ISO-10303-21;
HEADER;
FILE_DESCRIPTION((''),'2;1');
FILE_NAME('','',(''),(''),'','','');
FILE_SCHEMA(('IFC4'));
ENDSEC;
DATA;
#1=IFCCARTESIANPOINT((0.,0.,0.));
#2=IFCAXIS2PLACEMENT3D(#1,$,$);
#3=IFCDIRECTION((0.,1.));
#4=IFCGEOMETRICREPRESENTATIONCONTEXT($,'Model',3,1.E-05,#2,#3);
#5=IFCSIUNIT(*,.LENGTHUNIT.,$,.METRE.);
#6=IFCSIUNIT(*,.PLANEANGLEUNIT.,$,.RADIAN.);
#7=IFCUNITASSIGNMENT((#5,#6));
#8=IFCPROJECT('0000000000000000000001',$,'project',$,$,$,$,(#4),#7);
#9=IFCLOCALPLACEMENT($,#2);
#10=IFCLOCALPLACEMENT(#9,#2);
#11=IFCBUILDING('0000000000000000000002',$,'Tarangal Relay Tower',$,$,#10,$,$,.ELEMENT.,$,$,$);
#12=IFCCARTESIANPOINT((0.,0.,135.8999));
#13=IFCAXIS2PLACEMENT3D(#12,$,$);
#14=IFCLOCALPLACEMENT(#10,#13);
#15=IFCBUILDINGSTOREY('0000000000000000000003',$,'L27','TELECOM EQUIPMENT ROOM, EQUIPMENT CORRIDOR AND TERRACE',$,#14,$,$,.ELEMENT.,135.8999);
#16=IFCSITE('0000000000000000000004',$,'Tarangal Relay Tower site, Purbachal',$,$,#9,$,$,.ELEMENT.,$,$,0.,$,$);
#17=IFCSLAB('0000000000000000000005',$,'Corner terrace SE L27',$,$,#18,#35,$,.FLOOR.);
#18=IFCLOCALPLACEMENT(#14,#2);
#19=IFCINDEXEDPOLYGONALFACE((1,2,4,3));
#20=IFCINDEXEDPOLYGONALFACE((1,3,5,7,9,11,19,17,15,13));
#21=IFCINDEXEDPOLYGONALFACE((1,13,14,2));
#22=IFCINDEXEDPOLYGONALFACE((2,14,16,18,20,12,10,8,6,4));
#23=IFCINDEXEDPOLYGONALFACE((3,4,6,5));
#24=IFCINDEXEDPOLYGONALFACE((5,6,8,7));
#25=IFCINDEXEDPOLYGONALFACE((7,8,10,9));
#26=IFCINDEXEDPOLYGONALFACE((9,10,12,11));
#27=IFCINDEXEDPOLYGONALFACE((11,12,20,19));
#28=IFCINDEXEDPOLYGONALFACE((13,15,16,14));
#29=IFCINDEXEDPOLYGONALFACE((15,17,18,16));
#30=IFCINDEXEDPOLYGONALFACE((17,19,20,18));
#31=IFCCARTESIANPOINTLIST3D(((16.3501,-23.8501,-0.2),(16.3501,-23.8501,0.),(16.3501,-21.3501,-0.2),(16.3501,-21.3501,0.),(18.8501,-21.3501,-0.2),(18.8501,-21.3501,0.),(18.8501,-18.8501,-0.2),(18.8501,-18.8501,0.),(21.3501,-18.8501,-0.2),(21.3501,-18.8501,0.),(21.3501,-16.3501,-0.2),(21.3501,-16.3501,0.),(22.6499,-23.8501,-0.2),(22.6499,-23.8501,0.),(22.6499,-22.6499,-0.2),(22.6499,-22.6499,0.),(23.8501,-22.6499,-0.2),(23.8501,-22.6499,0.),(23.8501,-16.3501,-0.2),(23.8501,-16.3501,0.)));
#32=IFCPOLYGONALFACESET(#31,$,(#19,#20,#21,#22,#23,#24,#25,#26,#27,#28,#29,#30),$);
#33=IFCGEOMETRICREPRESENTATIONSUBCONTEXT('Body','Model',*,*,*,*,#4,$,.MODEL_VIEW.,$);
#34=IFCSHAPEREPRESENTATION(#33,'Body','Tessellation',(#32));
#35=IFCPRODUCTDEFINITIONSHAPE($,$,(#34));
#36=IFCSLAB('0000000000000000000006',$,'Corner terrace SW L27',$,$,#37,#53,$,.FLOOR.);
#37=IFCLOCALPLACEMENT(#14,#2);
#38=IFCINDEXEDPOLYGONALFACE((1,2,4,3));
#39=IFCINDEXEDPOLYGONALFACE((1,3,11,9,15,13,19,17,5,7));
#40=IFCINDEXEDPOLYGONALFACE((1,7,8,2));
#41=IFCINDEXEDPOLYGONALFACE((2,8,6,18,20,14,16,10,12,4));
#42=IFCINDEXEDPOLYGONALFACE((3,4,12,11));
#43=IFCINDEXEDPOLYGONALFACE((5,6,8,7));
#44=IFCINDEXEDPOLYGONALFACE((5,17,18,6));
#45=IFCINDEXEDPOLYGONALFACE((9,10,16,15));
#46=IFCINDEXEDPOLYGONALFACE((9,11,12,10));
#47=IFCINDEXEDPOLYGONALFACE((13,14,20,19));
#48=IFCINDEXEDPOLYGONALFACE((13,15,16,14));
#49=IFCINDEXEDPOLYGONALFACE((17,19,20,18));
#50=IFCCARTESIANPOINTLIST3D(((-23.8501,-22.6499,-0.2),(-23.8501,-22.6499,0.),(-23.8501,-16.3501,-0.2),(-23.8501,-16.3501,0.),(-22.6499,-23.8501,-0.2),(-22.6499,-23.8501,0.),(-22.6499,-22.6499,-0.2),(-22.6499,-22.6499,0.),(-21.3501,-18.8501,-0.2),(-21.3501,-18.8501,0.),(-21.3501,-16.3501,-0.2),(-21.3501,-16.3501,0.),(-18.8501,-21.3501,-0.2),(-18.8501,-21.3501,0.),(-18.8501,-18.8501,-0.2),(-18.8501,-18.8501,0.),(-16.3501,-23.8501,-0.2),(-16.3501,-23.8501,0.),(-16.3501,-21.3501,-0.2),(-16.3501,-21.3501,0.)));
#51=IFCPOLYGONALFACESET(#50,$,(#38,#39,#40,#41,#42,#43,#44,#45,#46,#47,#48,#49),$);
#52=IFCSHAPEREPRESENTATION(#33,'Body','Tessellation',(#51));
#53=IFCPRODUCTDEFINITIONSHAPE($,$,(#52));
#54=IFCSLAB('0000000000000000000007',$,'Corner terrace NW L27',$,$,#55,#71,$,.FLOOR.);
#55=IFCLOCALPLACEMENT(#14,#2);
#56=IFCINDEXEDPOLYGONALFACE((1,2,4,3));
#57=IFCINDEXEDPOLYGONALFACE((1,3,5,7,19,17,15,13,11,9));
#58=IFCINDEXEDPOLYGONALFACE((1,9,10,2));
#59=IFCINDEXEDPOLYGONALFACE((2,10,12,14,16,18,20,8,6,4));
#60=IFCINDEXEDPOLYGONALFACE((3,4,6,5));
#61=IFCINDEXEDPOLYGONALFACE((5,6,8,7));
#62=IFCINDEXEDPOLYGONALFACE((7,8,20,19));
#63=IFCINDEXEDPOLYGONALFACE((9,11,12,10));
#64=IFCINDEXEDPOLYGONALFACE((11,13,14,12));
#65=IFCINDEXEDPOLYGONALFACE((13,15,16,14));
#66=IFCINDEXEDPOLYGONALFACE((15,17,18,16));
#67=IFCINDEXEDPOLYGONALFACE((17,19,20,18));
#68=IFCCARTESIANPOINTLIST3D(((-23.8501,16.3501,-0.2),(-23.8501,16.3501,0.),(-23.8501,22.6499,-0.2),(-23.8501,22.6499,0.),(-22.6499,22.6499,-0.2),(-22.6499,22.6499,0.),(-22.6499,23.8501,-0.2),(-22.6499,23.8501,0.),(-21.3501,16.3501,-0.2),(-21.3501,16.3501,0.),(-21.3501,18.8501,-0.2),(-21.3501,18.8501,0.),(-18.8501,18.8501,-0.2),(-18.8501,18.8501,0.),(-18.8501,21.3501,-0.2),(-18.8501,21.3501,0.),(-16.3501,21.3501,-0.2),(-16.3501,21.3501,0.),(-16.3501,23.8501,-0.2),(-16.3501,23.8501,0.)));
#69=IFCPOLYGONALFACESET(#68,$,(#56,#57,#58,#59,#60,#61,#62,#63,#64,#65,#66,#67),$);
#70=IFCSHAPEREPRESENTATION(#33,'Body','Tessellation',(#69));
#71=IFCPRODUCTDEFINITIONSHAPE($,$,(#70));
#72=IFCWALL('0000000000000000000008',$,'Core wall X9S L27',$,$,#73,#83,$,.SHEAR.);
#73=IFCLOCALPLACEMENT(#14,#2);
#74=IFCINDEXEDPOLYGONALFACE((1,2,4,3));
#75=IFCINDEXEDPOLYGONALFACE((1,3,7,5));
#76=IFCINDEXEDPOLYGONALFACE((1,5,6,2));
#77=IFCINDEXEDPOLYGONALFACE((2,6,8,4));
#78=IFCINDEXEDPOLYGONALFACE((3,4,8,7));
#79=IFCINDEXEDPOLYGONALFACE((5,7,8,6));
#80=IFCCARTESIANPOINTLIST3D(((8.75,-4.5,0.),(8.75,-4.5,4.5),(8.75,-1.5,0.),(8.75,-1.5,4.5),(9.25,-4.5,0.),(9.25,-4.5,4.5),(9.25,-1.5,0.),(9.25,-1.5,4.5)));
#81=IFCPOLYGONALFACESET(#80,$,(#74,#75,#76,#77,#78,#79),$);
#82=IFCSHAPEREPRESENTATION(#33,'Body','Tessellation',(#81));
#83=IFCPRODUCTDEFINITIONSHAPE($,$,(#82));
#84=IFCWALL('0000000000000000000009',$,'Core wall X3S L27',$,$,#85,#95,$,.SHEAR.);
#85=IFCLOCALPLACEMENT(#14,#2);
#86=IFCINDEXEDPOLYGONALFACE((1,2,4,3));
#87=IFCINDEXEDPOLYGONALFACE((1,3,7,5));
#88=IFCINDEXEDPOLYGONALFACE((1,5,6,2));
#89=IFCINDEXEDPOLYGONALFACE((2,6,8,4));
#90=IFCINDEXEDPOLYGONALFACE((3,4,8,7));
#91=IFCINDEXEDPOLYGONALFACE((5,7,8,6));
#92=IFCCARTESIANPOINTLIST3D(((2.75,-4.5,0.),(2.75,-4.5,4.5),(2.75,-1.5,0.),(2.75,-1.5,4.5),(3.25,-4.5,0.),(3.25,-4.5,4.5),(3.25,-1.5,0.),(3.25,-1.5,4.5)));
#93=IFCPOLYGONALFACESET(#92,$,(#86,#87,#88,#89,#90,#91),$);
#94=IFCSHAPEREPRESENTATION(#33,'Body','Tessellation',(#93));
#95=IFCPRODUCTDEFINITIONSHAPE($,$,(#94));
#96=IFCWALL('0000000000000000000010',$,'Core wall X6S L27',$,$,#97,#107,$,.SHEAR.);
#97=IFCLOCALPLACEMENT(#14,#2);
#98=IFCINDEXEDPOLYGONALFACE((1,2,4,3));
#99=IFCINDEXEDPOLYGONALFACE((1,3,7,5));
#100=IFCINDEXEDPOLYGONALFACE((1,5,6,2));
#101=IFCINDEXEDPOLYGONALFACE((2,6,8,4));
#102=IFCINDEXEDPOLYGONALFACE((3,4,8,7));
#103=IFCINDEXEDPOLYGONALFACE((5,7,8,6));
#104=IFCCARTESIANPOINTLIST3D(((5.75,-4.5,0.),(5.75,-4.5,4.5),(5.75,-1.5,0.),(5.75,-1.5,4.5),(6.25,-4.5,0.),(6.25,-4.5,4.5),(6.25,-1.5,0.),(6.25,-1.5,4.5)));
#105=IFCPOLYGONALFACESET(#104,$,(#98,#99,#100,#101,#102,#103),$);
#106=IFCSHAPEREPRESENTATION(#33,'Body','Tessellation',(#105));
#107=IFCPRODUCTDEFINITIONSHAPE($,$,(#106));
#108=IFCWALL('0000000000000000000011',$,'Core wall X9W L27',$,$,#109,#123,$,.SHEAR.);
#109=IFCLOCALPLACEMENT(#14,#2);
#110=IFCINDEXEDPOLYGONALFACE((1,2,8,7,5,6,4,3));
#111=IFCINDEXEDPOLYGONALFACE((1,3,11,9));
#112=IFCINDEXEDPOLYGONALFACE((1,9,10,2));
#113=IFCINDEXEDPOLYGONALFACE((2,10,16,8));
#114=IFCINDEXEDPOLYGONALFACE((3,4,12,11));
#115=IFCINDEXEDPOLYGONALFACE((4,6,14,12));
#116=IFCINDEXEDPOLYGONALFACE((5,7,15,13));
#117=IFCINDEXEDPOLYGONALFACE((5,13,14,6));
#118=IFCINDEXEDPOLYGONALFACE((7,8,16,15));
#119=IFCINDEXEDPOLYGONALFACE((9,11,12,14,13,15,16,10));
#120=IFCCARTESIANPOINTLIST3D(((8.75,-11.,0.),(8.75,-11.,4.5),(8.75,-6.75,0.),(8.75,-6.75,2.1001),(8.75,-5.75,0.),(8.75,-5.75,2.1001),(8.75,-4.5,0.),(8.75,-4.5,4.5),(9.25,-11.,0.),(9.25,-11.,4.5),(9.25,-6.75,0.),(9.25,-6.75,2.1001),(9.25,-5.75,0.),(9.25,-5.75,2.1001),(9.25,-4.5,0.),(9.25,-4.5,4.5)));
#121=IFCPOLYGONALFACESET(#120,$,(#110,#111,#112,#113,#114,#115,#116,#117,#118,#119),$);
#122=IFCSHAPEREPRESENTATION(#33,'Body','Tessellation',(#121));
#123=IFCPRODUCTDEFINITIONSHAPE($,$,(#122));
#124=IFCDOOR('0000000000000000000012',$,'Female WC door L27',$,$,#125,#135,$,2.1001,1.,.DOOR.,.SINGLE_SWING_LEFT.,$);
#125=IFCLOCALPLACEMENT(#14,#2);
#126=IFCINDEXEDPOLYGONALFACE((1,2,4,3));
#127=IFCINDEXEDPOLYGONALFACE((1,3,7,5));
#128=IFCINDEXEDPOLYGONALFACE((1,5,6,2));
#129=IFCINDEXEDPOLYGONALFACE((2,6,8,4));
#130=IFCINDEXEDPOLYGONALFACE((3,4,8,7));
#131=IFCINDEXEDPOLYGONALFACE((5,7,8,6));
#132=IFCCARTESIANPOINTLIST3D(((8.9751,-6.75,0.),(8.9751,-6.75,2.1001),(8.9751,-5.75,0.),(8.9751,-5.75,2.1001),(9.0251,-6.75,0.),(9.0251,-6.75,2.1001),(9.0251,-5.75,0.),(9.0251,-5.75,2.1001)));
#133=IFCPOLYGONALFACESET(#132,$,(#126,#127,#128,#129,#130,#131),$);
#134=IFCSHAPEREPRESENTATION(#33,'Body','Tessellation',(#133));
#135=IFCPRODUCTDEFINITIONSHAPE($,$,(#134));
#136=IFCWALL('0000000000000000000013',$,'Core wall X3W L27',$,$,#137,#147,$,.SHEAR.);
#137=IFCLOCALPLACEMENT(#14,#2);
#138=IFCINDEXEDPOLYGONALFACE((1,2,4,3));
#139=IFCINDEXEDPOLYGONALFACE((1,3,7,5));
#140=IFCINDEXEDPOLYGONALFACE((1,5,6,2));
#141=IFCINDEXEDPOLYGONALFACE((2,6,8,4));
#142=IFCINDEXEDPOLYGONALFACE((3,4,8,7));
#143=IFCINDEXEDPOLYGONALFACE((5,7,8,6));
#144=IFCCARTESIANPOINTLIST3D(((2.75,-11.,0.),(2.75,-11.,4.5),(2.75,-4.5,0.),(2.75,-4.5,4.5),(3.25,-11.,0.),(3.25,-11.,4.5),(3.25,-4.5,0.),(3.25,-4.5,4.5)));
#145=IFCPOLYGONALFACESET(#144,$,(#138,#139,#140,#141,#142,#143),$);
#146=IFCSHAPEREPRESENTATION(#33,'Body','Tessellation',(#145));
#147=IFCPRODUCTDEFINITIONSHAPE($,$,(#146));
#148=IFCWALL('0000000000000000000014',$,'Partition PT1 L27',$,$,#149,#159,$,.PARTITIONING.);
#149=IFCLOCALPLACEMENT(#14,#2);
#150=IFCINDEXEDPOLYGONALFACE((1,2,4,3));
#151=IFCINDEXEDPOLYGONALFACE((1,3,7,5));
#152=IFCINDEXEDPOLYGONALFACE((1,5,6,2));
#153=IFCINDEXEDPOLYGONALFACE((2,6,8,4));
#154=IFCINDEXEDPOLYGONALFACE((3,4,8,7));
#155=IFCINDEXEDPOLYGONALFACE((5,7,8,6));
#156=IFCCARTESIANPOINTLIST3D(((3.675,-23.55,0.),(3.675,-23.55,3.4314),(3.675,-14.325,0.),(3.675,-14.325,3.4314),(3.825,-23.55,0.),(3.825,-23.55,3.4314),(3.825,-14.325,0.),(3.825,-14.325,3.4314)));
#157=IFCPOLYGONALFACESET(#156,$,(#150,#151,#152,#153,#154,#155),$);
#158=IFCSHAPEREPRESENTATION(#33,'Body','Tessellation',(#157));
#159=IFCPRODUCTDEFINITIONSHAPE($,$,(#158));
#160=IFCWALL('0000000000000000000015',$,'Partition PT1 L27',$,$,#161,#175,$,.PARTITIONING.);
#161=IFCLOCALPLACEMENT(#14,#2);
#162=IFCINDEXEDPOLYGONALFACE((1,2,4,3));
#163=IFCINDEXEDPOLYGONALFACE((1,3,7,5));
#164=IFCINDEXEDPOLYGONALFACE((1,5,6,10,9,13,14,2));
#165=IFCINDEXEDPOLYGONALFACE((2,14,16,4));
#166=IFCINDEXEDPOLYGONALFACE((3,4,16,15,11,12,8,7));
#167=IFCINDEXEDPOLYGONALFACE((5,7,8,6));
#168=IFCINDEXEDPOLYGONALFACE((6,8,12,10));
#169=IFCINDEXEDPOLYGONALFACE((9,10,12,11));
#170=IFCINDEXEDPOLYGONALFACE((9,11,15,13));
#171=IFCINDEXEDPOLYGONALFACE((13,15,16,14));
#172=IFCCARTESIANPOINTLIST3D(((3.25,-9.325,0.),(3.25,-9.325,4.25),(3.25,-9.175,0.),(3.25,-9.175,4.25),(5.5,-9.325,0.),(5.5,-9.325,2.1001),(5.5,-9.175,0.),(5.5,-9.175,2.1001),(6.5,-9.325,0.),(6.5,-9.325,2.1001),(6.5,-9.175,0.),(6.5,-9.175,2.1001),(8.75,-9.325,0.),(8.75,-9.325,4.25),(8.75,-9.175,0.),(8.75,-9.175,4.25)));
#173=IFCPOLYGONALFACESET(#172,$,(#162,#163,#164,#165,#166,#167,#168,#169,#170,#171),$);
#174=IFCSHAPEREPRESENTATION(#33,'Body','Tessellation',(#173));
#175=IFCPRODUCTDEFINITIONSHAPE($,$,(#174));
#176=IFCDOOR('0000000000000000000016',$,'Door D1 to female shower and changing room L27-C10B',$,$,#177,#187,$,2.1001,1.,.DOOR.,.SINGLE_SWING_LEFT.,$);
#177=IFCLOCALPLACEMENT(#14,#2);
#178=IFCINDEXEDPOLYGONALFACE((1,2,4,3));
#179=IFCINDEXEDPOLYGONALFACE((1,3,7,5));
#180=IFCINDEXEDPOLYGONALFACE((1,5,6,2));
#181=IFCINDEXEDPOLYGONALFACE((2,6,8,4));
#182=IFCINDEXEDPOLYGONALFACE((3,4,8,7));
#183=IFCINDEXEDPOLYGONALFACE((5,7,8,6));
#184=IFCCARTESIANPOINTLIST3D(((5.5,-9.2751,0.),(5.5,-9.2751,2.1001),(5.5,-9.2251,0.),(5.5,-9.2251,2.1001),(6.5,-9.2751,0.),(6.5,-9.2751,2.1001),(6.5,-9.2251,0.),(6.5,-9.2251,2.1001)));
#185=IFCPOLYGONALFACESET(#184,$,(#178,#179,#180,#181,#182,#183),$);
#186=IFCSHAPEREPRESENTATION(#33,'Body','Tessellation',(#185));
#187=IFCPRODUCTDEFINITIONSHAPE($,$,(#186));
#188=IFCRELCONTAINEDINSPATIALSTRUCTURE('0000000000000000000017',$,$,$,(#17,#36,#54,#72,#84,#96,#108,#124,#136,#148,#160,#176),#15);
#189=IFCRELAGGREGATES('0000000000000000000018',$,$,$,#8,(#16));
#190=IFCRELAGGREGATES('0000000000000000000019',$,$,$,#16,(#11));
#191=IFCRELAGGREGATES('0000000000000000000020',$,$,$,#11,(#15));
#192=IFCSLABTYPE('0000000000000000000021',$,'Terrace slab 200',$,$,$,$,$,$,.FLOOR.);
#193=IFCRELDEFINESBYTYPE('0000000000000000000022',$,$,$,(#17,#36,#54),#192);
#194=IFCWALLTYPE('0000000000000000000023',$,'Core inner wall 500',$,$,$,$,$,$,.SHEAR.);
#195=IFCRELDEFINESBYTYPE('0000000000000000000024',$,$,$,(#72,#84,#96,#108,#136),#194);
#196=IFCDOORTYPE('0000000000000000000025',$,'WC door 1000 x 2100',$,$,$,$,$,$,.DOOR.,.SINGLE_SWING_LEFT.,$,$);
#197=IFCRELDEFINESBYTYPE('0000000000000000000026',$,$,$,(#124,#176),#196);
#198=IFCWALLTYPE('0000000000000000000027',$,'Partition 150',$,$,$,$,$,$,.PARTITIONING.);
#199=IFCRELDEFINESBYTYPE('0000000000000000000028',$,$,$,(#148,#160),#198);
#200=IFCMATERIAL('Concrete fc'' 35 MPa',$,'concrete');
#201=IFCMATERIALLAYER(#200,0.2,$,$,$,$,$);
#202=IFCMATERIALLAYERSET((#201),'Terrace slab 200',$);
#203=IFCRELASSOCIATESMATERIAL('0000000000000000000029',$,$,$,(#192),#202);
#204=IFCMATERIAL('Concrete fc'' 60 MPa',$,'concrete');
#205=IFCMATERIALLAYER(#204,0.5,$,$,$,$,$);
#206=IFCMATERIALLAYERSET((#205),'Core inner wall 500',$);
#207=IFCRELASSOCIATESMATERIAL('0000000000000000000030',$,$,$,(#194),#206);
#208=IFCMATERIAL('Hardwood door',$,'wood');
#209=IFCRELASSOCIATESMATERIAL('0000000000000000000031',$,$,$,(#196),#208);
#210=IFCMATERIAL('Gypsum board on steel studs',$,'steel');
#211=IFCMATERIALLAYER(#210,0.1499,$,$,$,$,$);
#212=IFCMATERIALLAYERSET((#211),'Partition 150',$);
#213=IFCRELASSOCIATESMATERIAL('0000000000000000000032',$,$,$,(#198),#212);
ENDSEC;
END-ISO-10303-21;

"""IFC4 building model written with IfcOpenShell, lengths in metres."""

from ifc_helpers import new_model, si_unit, direction, frame, frame_2d, origin, place, context, subcontext, project, spatial, polyline, rectangle, outline, extrude, material, layer, layer_set, type_object, element, fill, save


model = new_model("IFC4")

# Units and contexts
model_context = context("Model", 3, precision=1e-05, world=origin(), true_north=direction((0.0, 1.0)))
body_context = subcontext(model_context, "Body", "Model", "MODEL_VIEW")
ifc_project = project(units=[si_unit("LENGTHUNIT", "METRE"), si_unit("PLANEANGLEUNIT", "RADIAN")], contexts=[model_context])

# Site, building, storey
site_placement = place(None, origin())
site = spatial("IfcSite", under=ifc_project, at=site_placement, Name="Tarangal Relay Tower site, Purbachal", CompositionType="ELEMENT", RefElevation=0.0)
building_placement = place(site_placement, origin())
building = spatial("IfcBuilding", under=site, at=building_placement, Name="Tarangal Relay Tower", CompositionType="ELEMENT")
storey_placement = place(building_placement, frame((0.0, 0.0, 135.8999)))
storey = spatial("IfcBuildingStorey", under=building, at=storey_placement, Name="L27", Description="TELECOM EQUIPMENT ROOM, EQUIPMENT CORRIDOR AND TERRACE", CompositionType="ELEMENT", Elevation=135.8999)

# Slabs
ifc_material_1 = material(Name="Concrete fc' 35 MPa", Category="concrete")
ifc_layer_1 = layer(ifc_material_1, 0.2)
ifc_layer_set_1 = layer_set([ifc_layer_1], Name="Terrace slab 200")
slab_type_1 = type_object("IfcSlabType", Name="Terrace slab 200", PredefinedType="FLOOR", material=ifc_layer_set_1)
slab_1_placement = place(storey_placement, frame((0.0, 0.0, -0.2)))
element("IfcSlab", 1, at=slab_1_placement, inside=storey, type_object=slab_type_1, Name="Corner terrace SE L27", PredefinedType="FLOOR", context=body_context, shape_type="SweptSolid", body=[
    extrude(outline(polyline([(23.8501, -16.3501), (21.3501, -16.3501), (21.3501, -18.8501), (18.8501, -18.8501), (18.8501, -21.3501), (16.3501, -21.3501), (16.3501, -23.8501), (22.6499, -23.8501), (22.6499, -22.6499), (23.8501, -22.6499), (23.8501, -16.3501)])), origin(), (0.0, 0.0, 1.0), 0.2),
])
slab_2_placement = place(storey_placement, frame((0.0, 0.0, -0.2)))
element("IfcSlab", 2, at=slab_2_placement, inside=storey, type_object=slab_type_1, Name="Corner terrace SW L27", PredefinedType="FLOOR", context=body_context, shape_type="SweptSolid", body=[
    extrude(outline(polyline([(-16.3501, -23.8501), (-16.3501, -21.3501), (-18.8501, -21.3501), (-18.8501, -18.8501), (-21.3501, -18.8501), (-21.3501, -16.3501), (-23.8501, -16.3501), (-23.8501, -22.6499), (-22.6499, -22.6499), (-22.6499, -23.8501), (-16.3501, -23.8501)])), origin(), (0.0, 0.0, 1.0), 0.2),
])
slab_3_placement = place(storey_placement, frame((0.0, 0.0, -0.2)))
element("IfcSlab", 3, at=slab_3_placement, inside=storey, type_object=slab_type_1, Name="Corner terrace NW L27", PredefinedType="FLOOR", context=body_context, shape_type="SweptSolid", body=[
    extrude(outline(polyline([(-23.8501, 16.3501), (-21.3501, 16.3501), (-21.3501, 18.8501), (-18.8501, 18.8501), (-18.8501, 21.3501), (-16.3501, 21.3501), (-16.3501, 23.8501), (-22.6499, 23.8501), (-22.6499, 22.6499), (-23.8501, 22.6499), (-23.8501, 16.3501)])), origin(), (0.0, 0.0, 1.0), 0.2),
])

# Walls
ifc_material_2 = material(Name="Concrete fc' 60 MPa", Category="concrete")
ifc_layer_2 = layer(ifc_material_2, 0.5)
ifc_layer_set_2 = layer_set([ifc_layer_2], Name="Core inner wall 500")
wall_type_1 = type_object("IfcWallType", Name="Core inner wall 500", PredefinedType="SHEAR", material=ifc_layer_set_2)
for number, where, z_axis, x_axis, name in (
    (4, (9.0, -4.5, 0.0), (0.0, 0.0, 1.0), (0.0, 1.0, 0.0), "Core wall X9S L27"),
    (5, (3.0, -4.5, 0.0), (0.0, 0.0, 1.0), (0.0, 1.0, 0.0), "Core wall X3S L27"),
    (6, (6.0, -4.5, 0.0), (0.0, 0.0, 1.0), (0.0, 1.0, 0.0), "Core wall X6S L27"),
):
    element("IfcWall", number, at=place(storey_placement, frame(where, z_axis=z_axis, x_axis=x_axis)), inside=storey, type_object=wall_type_1, Name=name, PredefinedType="SHEAR", context=body_context, shape_type="SweptSolid", body=[
        extrude(rectangle(XDim=3.0, YDim=0.5, at=frame_2d((1.5, 0.0))), origin(), (0.0, 0.0, 1.0), 4.5),
    ])

# Wall, opening, door
wall_1_placement = place(storey_placement, frame((9.0, -11.0, 0.0), z_axis=(0.0, 0.0, 1.0), x_axis=(0.0, 1.0, 0.0)))
wall_1 = element("IfcWall", 7, at=wall_1_placement, inside=storey, type_object=wall_type_1, Name="Core wall X9W L27", PredefinedType="SHEAR", context=body_context, shape_type="SweptSolid", body=[
    extrude(rectangle(XDim=6.5, YDim=0.5, at=frame_2d((3.25, 0.0))), origin(), (0.0, 0.0, 1.0), 4.5),
])
opening_1_placement = place(wall_1_placement, frame((4.25, 0.0, 0.0)))
opening_1 = element("IfcOpeningElement", 8, at=opening_1_placement, cuts=wall_1, PredefinedType="OPENING", context=body_context, shape_type="SweptSolid", body=[
    extrude(rectangle(XDim=1.0, YDim=2.1001, at=frame_2d((0.5, 1.05))), frame((0.0, 0.26, 0.0), z_axis=(0.0, -1.0, 0.0), x_axis=(1.0, 0.0, 0.0)), (0.0, 0.0, 1.0), 0.52),
])
ifc_material_3 = material(Name="Hardwood door", Category="wood")
door_type = type_object("IfcDoorType", Name="WC door 1000 x 2100", OperationType="SINGLE_SWING_LEFT", PredefinedType="DOOR", material=ifc_material_3)
door_1_placement = place(opening_1_placement, origin())
door_1 = element("IfcDoor", 9, at=door_1_placement, inside=storey, type_object=door_type, Name="Female WC door L27", OperationType="SINGLE_SWING_LEFT", OverallHeight=2.1001, OverallWidth=1.0, PredefinedType="DOOR", context=body_context, shape_type="SweptSolid", body=[
    extrude(rectangle(XDim=1.0, YDim=2.1001, at=frame_2d((0.5, 1.05))), frame((0.0, 0.0249, 0.0), z_axis=(0.0, -1.0, 0.0), x_axis=(1.0, 0.0, 0.0)), (0.0, 0.0, 1.0), 0.05),
])
fill(opening_1, door_1)

# Walls
wall_2_placement = place(storey_placement, frame((3.0, -11.0, 0.0), z_axis=(0.0, 0.0, 1.0), x_axis=(0.0, 1.0, 0.0)))
element("IfcWall", 10, at=wall_2_placement, inside=storey, type_object=wall_type_1, Name="Core wall X3W L27", PredefinedType="SHEAR", context=body_context, shape_type="SweptSolid", body=[
    extrude(rectangle(XDim=6.5, YDim=0.5, at=frame_2d((3.25, 0.0))), origin(), (0.0, 0.0, 1.0), 4.5),
])
ifc_material_4 = material(Name="Gypsum board on steel studs", Category="steel")
ifc_layer_3 = layer(ifc_material_4, 0.1499)
ifc_layer_set_3 = layer_set([ifc_layer_3], Name="Partition 150")
wall_type_2 = type_object("IfcWallType", Name="Partition 150", PredefinedType="PARTITIONING", material=ifc_layer_set_3)
wall_3_placement = place(storey_placement, frame((3.75, -23.55, 0.0), z_axis=(0.0, 0.0, 1.0), x_axis=(0.0, 1.0, 0.0)))
element("IfcWall", 11, at=wall_3_placement, inside=storey, type_object=wall_type_2, Name="Partition PT1 L27", PredefinedType="PARTITIONING", context=body_context, shape_type="SweptSolid", body=[
    extrude(rectangle(XDim=9.2251, YDim=0.1499, at=frame_2d((4.6125, 0.0))), origin(), (0.0, 0.0, 1.0), 3.4314),
])

# Wall, opening, door
wall_4_placement = place(storey_placement, frame((3.25, -9.25, 0.0), z_axis=(0.0, 0.0, 1.0), x_axis=(1.0, 0.0, 0.0)))
wall_4 = element("IfcWall", 12, at=wall_4_placement, inside=storey, type_object=wall_type_2, Name="Partition PT1 L27", PredefinedType="PARTITIONING", context=body_context, shape_type="SweptSolid", body=[
    extrude(rectangle(XDim=5.5, YDim=0.1499, at=frame_2d((2.75, 0.0))), origin(), (0.0, 0.0, 1.0), 4.25),
])
opening_2_placement = place(wall_4_placement, frame((2.25, 0.0, 0.0)))
opening_2 = element("IfcOpeningElement", 13, at=opening_2_placement, cuts=wall_4, PredefinedType="OPENING", context=body_context, shape_type="SweptSolid", body=[
    extrude(rectangle(XDim=1.0, YDim=2.1001, at=frame_2d((0.5, 1.05))), frame((0.0, 0.085, 0.0), z_axis=(0.0, -1.0, 0.0), x_axis=(1.0, 0.0, 0.0)), (0.0, 0.0, 1.0), 0.1699),
])
door_2_placement = place(opening_2_placement, origin())
door_2 = element("IfcDoor", 14, at=door_2_placement, inside=storey, type_object=door_type, Name="Door D1 to female shower and changing room L27-C10B", OperationType="SINGLE_SWING_LEFT", OverallHeight=2.1001, OverallWidth=1.0, PredefinedType="DOOR", context=body_context, shape_type="SweptSolid", body=[
    extrude(rectangle(XDim=1.0, YDim=2.1001, at=frame_2d((0.5, 1.05))), frame((0.0, 0.0249, 0.0), z_axis=(0.0, -1.0, 0.0), x_axis=(1.0, 0.0, 0.0)), (0.0, 0.0, 1.0), 0.05),
])
fill(opening_2, door_2)

save(model, "model.ifc")
